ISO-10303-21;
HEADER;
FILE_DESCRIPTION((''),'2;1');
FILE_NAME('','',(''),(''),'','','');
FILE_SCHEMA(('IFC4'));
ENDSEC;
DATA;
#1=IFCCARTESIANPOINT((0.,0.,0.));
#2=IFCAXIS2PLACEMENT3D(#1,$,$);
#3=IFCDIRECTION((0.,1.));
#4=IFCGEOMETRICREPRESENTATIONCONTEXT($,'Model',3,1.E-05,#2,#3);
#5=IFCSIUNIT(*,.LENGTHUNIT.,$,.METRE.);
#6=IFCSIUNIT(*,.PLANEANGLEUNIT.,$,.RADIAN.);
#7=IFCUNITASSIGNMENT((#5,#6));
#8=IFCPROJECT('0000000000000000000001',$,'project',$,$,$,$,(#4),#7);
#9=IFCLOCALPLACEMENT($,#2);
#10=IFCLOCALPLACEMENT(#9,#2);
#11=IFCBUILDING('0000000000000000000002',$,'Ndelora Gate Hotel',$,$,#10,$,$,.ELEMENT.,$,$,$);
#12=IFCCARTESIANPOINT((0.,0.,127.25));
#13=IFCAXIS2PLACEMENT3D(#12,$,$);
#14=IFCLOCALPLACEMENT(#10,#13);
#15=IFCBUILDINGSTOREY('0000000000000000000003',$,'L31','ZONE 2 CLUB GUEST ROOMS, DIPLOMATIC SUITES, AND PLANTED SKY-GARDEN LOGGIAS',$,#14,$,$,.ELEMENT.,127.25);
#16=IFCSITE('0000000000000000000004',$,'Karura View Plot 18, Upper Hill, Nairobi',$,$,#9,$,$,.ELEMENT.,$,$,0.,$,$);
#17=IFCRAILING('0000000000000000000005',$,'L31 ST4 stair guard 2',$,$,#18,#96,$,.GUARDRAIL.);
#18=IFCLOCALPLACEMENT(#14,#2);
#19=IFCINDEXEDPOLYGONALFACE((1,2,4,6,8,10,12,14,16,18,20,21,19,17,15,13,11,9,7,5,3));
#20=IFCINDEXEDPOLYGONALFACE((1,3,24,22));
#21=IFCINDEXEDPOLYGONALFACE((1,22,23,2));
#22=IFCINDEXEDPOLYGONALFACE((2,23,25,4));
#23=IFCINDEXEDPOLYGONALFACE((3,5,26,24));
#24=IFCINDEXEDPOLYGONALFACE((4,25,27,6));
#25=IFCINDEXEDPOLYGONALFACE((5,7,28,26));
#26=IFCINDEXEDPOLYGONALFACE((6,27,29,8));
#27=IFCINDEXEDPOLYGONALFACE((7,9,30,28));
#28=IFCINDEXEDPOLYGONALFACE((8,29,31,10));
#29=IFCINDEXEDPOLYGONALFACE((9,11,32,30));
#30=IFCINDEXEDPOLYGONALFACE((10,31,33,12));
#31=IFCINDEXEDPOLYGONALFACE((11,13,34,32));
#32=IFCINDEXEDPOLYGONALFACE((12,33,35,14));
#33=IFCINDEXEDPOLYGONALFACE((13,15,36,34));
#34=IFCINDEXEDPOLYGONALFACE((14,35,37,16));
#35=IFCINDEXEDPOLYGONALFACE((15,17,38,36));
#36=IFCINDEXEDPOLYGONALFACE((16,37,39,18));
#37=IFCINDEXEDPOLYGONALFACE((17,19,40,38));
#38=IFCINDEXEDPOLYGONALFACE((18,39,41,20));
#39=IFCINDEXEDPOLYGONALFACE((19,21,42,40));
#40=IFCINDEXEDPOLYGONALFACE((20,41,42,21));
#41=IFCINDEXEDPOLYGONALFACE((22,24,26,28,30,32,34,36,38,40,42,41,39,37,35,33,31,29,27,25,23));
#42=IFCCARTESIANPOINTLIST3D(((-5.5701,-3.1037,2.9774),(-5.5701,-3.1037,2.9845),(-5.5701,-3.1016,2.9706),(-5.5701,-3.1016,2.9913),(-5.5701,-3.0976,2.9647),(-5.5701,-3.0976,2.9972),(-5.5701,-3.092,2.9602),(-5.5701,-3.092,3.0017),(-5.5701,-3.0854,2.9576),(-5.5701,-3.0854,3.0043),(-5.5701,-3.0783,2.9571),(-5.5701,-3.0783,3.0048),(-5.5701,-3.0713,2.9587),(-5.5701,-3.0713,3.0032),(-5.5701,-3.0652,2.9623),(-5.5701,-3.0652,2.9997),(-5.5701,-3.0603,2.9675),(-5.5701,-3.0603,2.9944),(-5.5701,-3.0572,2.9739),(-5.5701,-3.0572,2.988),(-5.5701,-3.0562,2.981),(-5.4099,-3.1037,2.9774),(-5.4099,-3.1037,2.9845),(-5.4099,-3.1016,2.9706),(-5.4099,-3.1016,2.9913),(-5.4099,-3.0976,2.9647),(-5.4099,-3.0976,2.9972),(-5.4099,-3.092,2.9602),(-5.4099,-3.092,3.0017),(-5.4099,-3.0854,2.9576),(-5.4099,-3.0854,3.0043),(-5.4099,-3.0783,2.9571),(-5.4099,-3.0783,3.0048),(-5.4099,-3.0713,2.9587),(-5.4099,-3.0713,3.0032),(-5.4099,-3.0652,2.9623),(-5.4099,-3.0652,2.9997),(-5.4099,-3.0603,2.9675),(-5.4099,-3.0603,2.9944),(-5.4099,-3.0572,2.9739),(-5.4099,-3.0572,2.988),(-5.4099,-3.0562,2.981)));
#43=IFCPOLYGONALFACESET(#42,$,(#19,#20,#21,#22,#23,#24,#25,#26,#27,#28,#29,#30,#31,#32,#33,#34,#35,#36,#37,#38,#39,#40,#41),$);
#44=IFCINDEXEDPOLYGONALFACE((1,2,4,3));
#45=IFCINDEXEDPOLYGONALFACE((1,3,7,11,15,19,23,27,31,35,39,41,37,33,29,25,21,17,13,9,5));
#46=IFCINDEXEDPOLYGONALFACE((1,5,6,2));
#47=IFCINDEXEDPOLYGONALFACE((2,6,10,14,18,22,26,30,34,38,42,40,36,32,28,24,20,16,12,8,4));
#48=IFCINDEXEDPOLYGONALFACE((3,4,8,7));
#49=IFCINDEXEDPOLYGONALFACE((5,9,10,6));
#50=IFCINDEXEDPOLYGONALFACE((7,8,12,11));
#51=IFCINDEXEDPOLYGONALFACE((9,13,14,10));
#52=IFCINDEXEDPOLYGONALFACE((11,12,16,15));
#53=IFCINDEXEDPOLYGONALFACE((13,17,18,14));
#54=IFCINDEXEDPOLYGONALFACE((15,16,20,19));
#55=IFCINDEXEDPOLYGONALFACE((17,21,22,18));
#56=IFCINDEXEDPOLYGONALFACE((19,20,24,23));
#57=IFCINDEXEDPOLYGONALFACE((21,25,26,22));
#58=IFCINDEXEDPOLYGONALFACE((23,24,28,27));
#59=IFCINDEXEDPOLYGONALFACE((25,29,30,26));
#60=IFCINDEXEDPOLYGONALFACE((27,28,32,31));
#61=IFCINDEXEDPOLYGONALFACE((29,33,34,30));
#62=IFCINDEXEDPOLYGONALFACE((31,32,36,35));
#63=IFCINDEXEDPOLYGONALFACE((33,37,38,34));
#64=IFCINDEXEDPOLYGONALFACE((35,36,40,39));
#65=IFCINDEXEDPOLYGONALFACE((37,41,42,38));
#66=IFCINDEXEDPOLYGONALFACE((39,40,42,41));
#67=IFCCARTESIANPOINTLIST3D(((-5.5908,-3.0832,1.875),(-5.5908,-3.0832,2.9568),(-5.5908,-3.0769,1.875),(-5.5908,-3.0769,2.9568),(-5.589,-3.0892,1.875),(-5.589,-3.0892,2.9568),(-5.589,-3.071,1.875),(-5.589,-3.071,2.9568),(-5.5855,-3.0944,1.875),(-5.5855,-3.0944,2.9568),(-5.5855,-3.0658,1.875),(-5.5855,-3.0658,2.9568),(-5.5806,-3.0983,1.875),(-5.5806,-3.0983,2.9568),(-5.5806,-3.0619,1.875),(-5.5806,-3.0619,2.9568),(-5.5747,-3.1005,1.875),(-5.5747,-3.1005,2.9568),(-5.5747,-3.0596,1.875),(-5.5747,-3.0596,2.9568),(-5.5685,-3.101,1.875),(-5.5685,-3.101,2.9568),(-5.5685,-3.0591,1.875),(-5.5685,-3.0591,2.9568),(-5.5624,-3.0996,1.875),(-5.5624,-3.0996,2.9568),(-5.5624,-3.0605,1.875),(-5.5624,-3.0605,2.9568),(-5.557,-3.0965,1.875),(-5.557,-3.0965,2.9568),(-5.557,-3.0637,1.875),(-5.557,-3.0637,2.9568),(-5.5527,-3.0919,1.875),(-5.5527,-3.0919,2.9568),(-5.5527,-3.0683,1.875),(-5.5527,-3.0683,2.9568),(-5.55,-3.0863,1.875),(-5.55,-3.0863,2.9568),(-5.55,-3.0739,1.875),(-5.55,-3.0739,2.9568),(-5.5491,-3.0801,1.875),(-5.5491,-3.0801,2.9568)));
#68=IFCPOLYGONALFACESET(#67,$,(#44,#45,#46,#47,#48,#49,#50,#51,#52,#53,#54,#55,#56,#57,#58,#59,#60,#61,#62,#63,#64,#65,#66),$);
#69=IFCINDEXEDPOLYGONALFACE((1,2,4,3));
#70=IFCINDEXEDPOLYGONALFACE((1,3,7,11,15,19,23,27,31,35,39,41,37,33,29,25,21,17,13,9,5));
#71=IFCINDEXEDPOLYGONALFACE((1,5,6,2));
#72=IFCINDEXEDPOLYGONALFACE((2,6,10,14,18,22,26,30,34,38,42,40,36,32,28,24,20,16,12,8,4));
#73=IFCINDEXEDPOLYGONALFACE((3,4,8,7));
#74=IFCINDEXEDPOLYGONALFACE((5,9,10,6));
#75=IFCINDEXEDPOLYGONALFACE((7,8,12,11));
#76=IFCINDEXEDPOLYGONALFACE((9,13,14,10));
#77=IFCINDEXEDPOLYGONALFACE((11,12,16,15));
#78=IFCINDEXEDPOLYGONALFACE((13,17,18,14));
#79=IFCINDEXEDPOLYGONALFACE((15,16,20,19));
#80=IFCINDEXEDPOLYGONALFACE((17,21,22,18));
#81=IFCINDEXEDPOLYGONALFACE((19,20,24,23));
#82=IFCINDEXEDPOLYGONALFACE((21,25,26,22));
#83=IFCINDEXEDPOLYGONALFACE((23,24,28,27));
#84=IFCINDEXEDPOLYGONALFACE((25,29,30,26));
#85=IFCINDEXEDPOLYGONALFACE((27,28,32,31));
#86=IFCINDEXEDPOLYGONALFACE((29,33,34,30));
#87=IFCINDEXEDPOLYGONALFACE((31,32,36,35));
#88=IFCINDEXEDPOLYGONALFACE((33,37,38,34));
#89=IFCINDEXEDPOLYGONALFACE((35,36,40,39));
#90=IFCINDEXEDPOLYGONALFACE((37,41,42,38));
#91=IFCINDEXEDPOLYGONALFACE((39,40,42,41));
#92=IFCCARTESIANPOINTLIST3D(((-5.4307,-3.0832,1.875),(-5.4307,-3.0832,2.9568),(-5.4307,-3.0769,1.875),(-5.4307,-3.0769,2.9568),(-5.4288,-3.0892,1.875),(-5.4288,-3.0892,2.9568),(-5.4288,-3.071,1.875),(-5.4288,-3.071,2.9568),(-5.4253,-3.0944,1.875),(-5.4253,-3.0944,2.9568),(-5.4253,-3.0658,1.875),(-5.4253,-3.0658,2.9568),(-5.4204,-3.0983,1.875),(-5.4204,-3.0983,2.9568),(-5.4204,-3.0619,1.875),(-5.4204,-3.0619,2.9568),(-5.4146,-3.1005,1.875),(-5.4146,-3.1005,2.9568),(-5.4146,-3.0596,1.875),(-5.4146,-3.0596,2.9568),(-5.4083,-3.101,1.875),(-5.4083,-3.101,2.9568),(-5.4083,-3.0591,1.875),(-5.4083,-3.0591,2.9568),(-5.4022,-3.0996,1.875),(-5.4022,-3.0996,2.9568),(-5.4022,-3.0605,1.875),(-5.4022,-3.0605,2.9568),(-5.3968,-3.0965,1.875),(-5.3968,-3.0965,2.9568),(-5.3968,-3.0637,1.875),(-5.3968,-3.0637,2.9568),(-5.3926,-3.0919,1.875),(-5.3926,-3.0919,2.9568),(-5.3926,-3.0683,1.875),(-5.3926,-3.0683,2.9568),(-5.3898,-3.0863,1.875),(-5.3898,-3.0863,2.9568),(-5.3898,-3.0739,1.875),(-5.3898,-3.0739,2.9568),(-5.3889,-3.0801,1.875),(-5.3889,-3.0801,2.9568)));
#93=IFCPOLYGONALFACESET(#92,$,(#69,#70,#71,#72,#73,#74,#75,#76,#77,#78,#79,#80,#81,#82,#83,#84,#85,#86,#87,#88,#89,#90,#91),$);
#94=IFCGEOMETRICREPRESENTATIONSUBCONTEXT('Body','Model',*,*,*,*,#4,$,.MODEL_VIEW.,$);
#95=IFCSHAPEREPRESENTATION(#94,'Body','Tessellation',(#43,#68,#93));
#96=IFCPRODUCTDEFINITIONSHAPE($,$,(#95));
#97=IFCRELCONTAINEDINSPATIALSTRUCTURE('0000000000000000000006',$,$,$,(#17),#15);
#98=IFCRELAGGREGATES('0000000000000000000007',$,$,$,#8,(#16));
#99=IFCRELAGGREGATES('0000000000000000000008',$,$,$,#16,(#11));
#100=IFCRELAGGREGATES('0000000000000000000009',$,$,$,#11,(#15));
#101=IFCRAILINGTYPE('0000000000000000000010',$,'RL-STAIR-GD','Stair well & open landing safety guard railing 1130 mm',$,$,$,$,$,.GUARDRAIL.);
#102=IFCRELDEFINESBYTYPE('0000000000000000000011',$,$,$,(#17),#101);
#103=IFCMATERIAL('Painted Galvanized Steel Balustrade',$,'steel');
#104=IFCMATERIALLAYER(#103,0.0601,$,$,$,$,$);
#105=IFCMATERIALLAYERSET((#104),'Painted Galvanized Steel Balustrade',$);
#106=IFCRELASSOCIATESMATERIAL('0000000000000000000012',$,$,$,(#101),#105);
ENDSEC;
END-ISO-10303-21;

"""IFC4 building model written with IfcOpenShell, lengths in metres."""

from ifc_helpers import new_model, si_unit, direction, frame, origin, origin_2d, place, context, subcontext, project, spatial, circle, extrude, material, layer, layer_set, type_object, element, save


model = new_model("IFC4")

# Units and contexts
model_context = context("Model", 3, precision=1e-05, world=origin(), true_north=direction((0.0, 1.0)))
body_context = subcontext(model_context, "Body", "Model", "MODEL_VIEW")
ifc_project = project(units=[si_unit("LENGTHUNIT", "METRE"), si_unit("PLANEANGLEUNIT", "RADIAN")], contexts=[model_context])

# Site, building, storey
site_placement = place(None, origin())
site = spatial("IfcSite", under=ifc_project, at=site_placement, Name="Karura View Plot 18, Upper Hill, Nairobi", CompositionType="ELEMENT", RefElevation=0.0)
building_placement = place(site_placement, origin())
building = spatial("IfcBuilding", under=site, at=building_placement, Name="Ndelora Gate Hotel", CompositionType="ELEMENT")
storey_placement = place(building_placement, frame((0.0, 0.0, 127.25)))
storey = spatial("IfcBuildingStorey", under=building, at=storey_placement, Name="L31", Description="ZONE 2 CLUB GUEST ROOMS, DIPLOMATIC SUITES, AND PLANTED SKY-GARDEN LOGGIAS", CompositionType="ELEMENT", Elevation=127.25)

# Railing
ifc_material_1 = material(Name="Painted Galvanized Steel Balustrade", Category="steel")
ifc_layer_1 = layer(ifc_material_1, 0.0601)
ifc_layer_set_1 = layer_set([ifc_layer_1], Name="Painted Galvanized Steel Balustrade")
railing_type_1 = type_object("IfcRailingType", Name="RL-STAIR-GD", Description="Stair well & open landing safety guard railing 1130 mm", PredefinedType="GUARDRAIL", material=ifc_layer_set_1)
railing_1_placement = place(storey_placement, frame((-5.5701, -3.0801, 1.875)))
element("IfcRailing", 1, at=railing_1_placement, inside=storey, type_object=railing_type_1, Name="L31 ST4 stair guard 2", PredefinedType="GUARDRAIL", context=body_context, shape_type="SweptSolid", body=[
    extrude(circle(Radius=0.0239, at=origin_2d()), frame((0.0, 0.0, 1.106), z_axis=(1.0, 0.0, 0.0), x_axis=(0.0, 1.0, 0.0)), (0.0, 0.0, 1.0), 0.1602),
    extrude(circle(Radius=0.021, at=origin_2d()), origin(), (0.0, 0.0, 1.0), 1.0818),
    extrude(circle(Radius=0.021, at=origin_2d()), frame((0.1602, 0.0, 0.0)), (0.0, 0.0, 1.0), 1.0818),
])

save(model, "model.ifc")
